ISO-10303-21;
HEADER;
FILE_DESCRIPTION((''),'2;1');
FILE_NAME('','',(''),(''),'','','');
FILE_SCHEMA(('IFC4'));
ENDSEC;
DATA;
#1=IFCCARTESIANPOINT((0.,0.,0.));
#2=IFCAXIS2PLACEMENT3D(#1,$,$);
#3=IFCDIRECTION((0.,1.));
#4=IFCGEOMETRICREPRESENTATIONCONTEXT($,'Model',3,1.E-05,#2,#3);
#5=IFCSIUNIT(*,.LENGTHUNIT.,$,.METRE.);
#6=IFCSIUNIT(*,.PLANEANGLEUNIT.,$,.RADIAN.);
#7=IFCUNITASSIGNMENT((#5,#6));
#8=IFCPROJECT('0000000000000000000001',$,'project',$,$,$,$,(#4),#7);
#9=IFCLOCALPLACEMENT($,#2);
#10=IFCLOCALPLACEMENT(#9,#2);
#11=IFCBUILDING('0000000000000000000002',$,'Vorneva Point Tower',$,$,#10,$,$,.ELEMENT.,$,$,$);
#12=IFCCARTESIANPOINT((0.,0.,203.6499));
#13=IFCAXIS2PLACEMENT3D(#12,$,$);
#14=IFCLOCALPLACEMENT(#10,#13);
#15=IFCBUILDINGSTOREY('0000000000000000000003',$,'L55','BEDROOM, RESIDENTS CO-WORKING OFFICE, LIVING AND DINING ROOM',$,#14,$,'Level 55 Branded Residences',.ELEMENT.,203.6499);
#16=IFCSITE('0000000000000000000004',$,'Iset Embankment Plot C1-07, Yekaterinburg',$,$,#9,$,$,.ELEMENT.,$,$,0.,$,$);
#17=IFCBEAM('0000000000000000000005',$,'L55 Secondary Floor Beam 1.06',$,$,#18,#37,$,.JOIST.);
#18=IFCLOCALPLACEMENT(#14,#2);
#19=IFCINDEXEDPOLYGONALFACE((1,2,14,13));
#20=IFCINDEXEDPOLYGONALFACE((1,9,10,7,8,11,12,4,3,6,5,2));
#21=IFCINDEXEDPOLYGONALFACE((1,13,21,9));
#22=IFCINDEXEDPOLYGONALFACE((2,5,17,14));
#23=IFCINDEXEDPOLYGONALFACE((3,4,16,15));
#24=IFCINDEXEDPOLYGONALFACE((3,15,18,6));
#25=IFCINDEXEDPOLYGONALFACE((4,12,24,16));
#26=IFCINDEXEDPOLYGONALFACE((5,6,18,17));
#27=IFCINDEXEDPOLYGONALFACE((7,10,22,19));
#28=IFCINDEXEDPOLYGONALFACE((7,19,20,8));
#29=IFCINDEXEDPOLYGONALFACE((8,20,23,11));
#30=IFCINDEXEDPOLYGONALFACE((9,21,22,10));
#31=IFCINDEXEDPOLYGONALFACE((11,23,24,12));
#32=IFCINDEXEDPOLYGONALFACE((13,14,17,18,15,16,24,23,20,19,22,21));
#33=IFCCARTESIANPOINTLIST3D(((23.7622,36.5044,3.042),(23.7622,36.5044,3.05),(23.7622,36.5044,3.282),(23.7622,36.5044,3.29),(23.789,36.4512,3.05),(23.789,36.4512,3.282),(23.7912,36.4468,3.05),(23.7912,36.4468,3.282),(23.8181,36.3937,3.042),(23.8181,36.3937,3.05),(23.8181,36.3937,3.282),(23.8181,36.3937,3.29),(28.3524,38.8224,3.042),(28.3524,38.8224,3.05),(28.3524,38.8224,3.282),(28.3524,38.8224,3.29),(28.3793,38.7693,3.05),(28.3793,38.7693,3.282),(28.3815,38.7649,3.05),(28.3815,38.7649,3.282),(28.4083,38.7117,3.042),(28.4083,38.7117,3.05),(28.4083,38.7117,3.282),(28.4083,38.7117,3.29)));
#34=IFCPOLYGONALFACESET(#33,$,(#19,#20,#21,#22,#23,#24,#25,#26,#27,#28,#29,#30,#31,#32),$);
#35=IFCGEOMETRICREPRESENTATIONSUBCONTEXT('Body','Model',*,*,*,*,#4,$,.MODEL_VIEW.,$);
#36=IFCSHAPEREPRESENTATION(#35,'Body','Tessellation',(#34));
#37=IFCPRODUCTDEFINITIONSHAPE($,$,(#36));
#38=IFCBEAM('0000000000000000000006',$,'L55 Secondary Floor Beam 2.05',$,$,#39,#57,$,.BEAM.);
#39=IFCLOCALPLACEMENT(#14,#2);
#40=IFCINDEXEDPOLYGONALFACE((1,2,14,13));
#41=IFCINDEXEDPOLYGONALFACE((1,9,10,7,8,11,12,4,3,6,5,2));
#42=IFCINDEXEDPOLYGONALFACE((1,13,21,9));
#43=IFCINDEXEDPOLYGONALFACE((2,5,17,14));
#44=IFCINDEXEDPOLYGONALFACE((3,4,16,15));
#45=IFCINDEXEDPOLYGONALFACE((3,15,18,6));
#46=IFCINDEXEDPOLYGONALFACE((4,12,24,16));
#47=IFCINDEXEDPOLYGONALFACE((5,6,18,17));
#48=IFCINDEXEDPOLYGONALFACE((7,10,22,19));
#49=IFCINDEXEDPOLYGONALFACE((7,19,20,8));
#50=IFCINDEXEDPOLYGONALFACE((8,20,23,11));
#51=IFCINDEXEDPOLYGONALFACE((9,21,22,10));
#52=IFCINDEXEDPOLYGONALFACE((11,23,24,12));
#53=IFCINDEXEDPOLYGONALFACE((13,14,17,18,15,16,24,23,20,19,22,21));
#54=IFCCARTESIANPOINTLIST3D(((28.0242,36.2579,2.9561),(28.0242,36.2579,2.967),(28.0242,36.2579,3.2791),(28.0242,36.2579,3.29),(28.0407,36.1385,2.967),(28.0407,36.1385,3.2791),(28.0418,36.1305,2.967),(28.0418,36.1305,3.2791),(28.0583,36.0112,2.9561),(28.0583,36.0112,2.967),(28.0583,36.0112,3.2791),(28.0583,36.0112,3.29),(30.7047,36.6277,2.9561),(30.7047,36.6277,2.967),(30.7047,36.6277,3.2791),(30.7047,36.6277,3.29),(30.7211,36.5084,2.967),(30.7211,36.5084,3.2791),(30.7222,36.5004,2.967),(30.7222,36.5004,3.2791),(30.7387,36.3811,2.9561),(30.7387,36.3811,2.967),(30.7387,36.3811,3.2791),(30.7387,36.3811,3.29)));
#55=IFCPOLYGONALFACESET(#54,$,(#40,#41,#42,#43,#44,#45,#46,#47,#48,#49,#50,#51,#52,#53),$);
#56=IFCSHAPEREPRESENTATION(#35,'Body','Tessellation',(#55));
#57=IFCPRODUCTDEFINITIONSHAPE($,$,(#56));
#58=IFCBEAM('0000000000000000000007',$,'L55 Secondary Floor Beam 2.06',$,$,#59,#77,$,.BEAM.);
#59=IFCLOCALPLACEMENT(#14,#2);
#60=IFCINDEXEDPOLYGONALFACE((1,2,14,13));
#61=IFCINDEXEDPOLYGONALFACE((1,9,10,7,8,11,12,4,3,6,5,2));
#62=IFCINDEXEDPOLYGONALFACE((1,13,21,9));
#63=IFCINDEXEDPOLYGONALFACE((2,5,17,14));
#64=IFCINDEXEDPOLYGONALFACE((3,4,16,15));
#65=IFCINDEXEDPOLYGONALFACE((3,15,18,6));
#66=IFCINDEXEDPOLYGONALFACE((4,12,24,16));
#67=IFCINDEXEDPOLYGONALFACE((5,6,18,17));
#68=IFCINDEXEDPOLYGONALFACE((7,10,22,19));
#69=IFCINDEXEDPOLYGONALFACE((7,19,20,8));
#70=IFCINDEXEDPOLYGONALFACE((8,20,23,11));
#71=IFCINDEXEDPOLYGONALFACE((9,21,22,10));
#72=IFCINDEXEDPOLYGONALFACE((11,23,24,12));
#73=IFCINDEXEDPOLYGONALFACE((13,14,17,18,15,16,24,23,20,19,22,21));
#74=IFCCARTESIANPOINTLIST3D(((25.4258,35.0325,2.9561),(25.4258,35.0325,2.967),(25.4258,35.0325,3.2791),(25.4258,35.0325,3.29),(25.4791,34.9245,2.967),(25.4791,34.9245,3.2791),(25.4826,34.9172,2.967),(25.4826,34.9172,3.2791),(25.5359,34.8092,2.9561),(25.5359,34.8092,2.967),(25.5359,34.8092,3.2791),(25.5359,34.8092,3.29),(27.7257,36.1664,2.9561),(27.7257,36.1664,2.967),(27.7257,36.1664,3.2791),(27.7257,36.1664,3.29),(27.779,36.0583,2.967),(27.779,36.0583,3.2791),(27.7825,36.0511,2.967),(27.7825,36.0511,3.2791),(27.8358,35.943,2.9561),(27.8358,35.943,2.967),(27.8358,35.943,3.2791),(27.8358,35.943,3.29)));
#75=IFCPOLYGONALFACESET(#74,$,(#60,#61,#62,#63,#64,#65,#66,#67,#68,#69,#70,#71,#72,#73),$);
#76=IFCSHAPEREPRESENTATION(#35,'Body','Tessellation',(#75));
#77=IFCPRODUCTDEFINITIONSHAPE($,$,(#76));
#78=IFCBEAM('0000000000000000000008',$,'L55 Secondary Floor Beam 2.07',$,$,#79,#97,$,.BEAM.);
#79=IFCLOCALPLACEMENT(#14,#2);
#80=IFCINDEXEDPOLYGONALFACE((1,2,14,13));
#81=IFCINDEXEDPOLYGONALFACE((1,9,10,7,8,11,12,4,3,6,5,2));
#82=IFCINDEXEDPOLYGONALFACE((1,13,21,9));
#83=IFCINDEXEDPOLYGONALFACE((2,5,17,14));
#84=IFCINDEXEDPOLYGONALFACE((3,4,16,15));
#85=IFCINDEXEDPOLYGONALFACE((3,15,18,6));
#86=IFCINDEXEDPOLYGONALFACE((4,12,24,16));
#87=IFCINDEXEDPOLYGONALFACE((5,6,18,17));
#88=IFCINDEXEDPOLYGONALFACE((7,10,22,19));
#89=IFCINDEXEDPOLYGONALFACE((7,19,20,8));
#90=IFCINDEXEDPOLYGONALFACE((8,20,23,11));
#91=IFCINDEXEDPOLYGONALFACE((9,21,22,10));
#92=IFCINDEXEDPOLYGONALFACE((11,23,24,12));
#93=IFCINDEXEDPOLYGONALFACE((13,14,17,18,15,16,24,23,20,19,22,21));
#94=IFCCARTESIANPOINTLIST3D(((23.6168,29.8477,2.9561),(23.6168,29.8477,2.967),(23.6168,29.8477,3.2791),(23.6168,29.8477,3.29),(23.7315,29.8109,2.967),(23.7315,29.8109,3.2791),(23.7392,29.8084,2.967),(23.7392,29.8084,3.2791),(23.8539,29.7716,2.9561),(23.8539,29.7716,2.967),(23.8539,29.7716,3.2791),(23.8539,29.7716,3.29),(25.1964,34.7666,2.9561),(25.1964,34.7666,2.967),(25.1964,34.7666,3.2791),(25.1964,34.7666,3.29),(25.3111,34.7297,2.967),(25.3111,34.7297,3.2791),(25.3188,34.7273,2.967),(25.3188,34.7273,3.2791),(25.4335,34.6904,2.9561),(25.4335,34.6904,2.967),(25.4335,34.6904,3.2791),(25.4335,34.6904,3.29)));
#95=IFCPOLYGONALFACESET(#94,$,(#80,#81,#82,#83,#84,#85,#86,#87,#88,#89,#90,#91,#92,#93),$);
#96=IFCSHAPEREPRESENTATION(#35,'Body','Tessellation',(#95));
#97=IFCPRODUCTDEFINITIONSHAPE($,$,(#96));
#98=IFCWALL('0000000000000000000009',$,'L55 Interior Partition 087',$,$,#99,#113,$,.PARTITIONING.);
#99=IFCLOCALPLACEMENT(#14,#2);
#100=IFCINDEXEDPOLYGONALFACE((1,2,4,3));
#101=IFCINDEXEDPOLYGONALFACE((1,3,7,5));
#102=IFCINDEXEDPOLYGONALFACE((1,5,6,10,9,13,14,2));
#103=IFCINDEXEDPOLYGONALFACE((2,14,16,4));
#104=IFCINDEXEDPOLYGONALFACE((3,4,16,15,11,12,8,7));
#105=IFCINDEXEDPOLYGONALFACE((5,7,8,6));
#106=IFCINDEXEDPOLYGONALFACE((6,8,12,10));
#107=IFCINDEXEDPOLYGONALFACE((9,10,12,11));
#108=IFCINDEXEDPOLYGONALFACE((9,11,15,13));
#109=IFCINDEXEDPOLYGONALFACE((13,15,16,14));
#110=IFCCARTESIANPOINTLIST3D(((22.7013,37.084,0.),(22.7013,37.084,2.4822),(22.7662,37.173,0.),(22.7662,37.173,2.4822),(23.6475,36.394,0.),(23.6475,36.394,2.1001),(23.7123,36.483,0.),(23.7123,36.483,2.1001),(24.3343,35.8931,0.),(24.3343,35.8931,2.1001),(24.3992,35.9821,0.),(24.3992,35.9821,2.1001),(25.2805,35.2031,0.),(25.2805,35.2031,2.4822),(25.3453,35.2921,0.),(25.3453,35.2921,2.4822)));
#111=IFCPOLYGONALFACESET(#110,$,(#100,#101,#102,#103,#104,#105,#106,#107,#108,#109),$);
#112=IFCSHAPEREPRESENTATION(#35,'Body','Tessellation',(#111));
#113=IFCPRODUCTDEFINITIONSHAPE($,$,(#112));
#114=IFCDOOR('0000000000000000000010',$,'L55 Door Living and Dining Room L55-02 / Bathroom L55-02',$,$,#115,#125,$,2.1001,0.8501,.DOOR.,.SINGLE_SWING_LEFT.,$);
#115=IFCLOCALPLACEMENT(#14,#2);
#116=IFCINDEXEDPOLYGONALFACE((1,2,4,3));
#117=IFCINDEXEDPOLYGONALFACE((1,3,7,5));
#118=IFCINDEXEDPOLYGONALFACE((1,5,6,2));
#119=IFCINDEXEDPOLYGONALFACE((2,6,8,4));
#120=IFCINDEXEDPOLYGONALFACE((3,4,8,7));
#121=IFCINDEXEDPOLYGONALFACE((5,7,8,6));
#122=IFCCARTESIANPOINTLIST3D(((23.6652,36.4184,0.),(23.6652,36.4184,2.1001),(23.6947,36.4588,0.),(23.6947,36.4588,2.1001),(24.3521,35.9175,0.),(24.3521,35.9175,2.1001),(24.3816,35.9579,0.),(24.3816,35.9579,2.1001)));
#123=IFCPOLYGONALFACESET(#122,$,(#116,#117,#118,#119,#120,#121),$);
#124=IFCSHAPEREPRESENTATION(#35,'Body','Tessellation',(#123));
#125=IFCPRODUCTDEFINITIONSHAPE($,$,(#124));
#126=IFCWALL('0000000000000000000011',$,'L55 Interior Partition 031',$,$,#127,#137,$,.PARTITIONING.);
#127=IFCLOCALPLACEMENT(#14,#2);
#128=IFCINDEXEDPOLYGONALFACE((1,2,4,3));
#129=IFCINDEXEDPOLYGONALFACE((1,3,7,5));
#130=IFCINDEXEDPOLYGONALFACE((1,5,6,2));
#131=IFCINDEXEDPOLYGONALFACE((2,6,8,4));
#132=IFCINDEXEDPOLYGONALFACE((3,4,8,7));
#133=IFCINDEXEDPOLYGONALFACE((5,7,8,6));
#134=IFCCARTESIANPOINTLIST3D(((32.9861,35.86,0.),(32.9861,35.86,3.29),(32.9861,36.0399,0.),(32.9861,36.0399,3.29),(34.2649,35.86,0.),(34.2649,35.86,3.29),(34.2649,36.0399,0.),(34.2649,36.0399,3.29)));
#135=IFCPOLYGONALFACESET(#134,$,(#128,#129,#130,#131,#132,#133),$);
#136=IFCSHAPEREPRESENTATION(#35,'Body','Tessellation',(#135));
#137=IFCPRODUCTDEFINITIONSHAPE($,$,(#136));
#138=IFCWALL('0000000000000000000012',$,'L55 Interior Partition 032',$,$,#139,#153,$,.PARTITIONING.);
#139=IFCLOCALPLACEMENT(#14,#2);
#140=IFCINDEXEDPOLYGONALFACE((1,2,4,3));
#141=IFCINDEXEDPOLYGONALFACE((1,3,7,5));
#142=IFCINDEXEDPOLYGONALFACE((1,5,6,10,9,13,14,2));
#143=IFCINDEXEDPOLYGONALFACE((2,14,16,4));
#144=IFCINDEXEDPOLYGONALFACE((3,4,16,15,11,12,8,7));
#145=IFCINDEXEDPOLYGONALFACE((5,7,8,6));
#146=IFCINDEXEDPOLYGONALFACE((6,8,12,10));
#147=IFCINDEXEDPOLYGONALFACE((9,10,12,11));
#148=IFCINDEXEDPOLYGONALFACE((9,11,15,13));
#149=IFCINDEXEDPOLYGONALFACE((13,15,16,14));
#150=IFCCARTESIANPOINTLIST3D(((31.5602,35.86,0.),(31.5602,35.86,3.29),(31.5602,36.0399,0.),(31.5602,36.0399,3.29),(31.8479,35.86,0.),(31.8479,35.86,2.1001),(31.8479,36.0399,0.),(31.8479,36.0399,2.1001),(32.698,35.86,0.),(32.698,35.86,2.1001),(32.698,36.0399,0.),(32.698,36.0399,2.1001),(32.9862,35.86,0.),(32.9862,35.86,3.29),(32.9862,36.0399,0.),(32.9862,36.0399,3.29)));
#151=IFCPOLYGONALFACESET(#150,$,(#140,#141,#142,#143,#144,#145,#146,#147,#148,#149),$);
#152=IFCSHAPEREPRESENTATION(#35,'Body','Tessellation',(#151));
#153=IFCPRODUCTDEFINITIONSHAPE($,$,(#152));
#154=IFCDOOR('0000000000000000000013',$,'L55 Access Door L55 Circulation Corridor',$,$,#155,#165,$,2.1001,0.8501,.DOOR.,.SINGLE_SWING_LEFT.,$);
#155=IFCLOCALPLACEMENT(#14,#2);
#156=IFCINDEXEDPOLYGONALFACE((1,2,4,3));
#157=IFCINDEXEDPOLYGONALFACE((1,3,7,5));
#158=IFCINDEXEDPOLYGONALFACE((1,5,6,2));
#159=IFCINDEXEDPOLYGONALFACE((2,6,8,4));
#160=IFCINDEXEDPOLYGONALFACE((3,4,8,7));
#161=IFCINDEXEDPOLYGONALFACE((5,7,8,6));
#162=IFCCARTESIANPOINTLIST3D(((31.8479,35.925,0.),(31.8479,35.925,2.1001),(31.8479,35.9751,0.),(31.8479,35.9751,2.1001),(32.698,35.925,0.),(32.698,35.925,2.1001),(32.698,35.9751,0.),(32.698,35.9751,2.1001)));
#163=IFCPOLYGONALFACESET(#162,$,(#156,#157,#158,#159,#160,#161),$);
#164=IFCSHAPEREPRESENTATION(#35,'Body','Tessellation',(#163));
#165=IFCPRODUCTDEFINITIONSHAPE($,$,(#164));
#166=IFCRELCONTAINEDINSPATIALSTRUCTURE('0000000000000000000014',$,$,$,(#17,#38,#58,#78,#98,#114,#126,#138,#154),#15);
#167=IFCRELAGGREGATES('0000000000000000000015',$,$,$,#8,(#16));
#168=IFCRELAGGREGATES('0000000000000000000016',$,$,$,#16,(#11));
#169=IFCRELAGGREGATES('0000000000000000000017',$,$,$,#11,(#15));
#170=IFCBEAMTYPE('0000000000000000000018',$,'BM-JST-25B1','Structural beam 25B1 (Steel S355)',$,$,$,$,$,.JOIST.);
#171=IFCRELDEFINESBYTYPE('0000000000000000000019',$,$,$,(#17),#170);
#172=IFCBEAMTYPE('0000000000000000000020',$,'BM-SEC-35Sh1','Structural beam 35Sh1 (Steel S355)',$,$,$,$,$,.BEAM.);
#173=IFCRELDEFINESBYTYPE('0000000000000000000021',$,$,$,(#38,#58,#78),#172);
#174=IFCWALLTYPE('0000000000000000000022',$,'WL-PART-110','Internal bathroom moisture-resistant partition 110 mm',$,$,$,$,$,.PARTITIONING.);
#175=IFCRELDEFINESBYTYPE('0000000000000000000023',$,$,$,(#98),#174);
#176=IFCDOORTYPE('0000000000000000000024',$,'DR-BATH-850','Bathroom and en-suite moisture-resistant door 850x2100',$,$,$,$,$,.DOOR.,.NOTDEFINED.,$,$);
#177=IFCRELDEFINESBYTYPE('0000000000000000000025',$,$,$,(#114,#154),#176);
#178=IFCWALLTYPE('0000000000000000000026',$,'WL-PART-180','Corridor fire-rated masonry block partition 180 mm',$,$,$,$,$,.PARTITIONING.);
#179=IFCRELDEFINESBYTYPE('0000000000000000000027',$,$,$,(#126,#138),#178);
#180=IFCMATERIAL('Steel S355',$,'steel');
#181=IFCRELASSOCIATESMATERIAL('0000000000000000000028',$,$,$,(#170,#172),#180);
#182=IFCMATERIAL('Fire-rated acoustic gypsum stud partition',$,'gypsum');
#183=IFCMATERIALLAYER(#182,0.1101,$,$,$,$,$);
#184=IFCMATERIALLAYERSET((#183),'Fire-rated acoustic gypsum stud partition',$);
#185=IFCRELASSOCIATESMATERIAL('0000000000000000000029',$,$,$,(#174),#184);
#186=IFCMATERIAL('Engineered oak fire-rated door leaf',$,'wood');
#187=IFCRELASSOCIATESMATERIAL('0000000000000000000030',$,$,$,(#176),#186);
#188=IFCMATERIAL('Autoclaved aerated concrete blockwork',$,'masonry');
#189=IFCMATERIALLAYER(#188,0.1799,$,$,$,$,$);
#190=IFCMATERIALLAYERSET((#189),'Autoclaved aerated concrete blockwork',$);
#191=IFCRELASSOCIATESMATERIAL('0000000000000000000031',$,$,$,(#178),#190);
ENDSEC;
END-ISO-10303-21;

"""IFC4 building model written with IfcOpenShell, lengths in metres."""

from ifc_helpers import new_model, si_unit, direction, frame, frame_2d, origin, origin_2d, place, context, subcontext, project, spatial, rectangle, i_section, extrude, material, layer, layer_set, material_profile, profile_set, type_object, element, fill, save


model = new_model("IFC4")

# Units and contexts
model_context = context("Model", 3, precision=1e-05, world=origin(), true_north=direction((0.0, 1.0)))
body_context = subcontext(model_context, "Body", "Model", "MODEL_VIEW")
ifc_project = project(units=[si_unit("LENGTHUNIT", "METRE"), si_unit("PLANEANGLEUNIT", "RADIAN")], contexts=[model_context])

# Site, building, storey
site_placement = place(None, origin())
site = spatial("IfcSite", under=ifc_project, at=site_placement, Name="Iset Embankment Plot C1-07, Yekaterinburg", CompositionType="ELEMENT", RefElevation=0.0)
building_placement = place(site_placement, origin())
building = spatial("IfcBuilding", under=site, at=building_placement, Name="Vorneva Point Tower", CompositionType="ELEMENT")
storey_placement = place(building_placement, frame((0.0, 0.0, 203.6499)))
storey = spatial("IfcBuildingStorey", under=building, at=storey_placement, Name="L55", Description="BEDROOM, RESIDENTS CO-WORKING OFFICE, LIVING AND DINING ROOM", LongName="Level 55 Branded Residences", CompositionType="ELEMENT", Elevation=203.6499)

# Beams
ifc_material_1 = material(Name="Steel S355", Category="steel")
ifc_material_profile_1 = material_profile(ifc_material_1, i_section(OverallWidth=0.124, OverallDepth=0.248, WebThickness=0.0049, FlangeThickness=0.0081, at=origin_2d()), Name="25B1")
ifc_profile_set_1 = profile_set([ifc_material_profile_1], Name="Steel S355")
beam_type_1 = type_object("IfcBeamType", Name="BM-JST-25B1", Description="Structural beam 25B1 (Steel S355)", PredefinedType="JOIST", material=ifc_profile_set_1)
beam_1_placement = place(storey_placement, frame((28.3804, 38.7671, 3.166), z_axis=(-0.892635, -0.45078, 0.0), x_axis=(0.45078, -0.892635, 0.0)))
element("IfcBeam", 1, at=beam_1_placement, inside=storey, type_object=beam_type_1, Name="L55 Secondary Floor Beam 1.06", PredefinedType="JOIST", context=body_context, shape_type="SweptSolid", body=[
    extrude(i_section(OverallWidth=0.124, OverallDepth=0.248, WebThickness=0.0049, FlangeThickness=0.0081, at=origin_2d()), origin(), (0.0, 0.0, 1.0), 5.1423),
])
ifc_material_profile_2 = material_profile(ifc_material_1, i_section(OverallWidth=0.249, OverallDepth=0.334, WebThickness=0.0081, FlangeThickness=0.011, at=origin_2d()), Name="35Sh1")
ifc_profile_set_2 = profile_set([ifc_material_profile_2], Name="Steel S355")
beam_type_2 = type_object("IfcBeamType", Name="BM-SEC-35Sh1", Description="Structural beam 35Sh1 (Steel S355)", PredefinedType="BEAM", material=ifc_profile_set_2)
beam_2_placement = place(storey_placement, frame((30.7217, 36.5044, 3.123), z_axis=(-0.990613, -0.136695, 0.0), x_axis=(0.136695, -0.990613, 0.0)))
element("IfcBeam", 2, at=beam_2_placement, inside=storey, type_object=beam_type_2, Name="L55 Secondary Floor Beam 2.05", PredefinedType="BEAM", context=body_context, shape_type="SweptSolid", body=[
    extrude(i_section(OverallWidth=0.249, OverallDepth=0.334, WebThickness=0.0081, FlangeThickness=0.011, at=origin_2d()), origin(), (0.0, 0.0, 1.0), 2.7058),
])
beam_3_placement = place(storey_placement, frame((27.7808, 36.0547, 3.123), z_axis=(-0.896927, -0.442179, 0.0), x_axis=(0.442179, -0.896927, 0.0)))
element("IfcBeam", 3, at=beam_3_placement, inside=storey, type_object=beam_type_2, Name="L55 Secondary Floor Beam 2.06", PredefinedType="BEAM", context=body_context, shape_type="SweptSolid", body=[
    extrude(i_section(OverallWidth=0.249, OverallDepth=0.334, WebThickness=0.0081, FlangeThickness=0.011, at=origin_2d()), origin(), (0.0, 0.0, 1.0), 2.5642),
])
beam_4_placement = place(storey_placement, frame((25.3149, 34.7285, 3.123), z_axis=(-0.305746, -0.952113, 0.0), x_axis=(0.952113, -0.305746, 0.0)))
element("IfcBeam", 4, at=beam_4_placement, inside=storey, type_object=beam_type_2, Name="L55 Secondary Floor Beam 2.07", PredefinedType="BEAM", context=body_context, shape_type="SweptSolid", body=[
    extrude(i_section(OverallWidth=0.249, OverallDepth=0.334, WebThickness=0.0081, FlangeThickness=0.011, at=origin_2d()), origin(), (0.0, 0.0, 1.0), 5.1663),
])

# Wall, opening, door
ifc_material_2 = material(Name="Fire-rated acoustic gypsum stud partition", Category="gypsum")
ifc_layer_1 = layer(ifc_material_2, 0.1101)
ifc_layer_set_1 = layer_set([ifc_layer_1], Name="Fire-rated acoustic gypsum stud partition")
wall_type_1 = type_object("IfcWallType", Name="WL-PART-110", Description="Internal bathroom moisture-resistant partition 110 mm", PredefinedType="PARTITIONING", material=ifc_layer_set_1)
wall_1_placement = place(storey_placement, frame((25.313, 35.2476, 0.0), z_axis=(0.0, 0.0, 1.0), x_axis=(-0.807968, 0.589226, 0.0)))
wall_1 = element("IfcWall", 5, at=wall_1_placement, inside=storey, type_object=wall_type_1, Name="L55 Interior Partition 087", PredefinedType="PARTITIONING", context=body_context, shape_type="SweptSolid", body=[
    extrude(rectangle(XDim=3.1921, YDim=0.1101, at=frame_2d((1.5962, 0.0))), origin(), (0.0, 0.0, 1.0), 2.4822),
])
opening_1_placement = place(wall_1_placement, frame((1.1711, 0.0, 0.0)))
opening_1 = element("IfcOpeningElement", 6, at=opening_1_placement, cuts=wall_1, PredefinedType="OPENING", context=body_context, shape_type="SweptSolid", body=[
    extrude(rectangle(XDim=0.8501, YDim=2.1001, at=frame_2d((0.425, 1.05))), frame((0.0, 0.0698, 0.0), z_axis=(0.0, -1.0, 0.0), x_axis=(1.0, 0.0, 0.0)), (0.0, 0.0, 1.0), 0.1399),
])
ifc_material_3 = material(Name="Engineered oak fire-rated door leaf", Category="wood")
door_type_1 = type_object("IfcDoorType", Name="DR-BATH-850", Description="Bathroom and en-suite moisture-resistant door 850x2100", OperationType="NOTDEFINED", PredefinedType="DOOR", material=ifc_material_3)
door_1_placement = place(opening_1_placement, origin())
door_1 = element("IfcDoor", 7, at=door_1_placement, inside=storey, type_object=door_type_1, Name="L55 Door Living and Dining Room L55-02 / Bathroom L55-02", OperationType="SINGLE_SWING_LEFT", OverallHeight=2.1001, OverallWidth=0.8501, PredefinedType="DOOR", context=body_context, shape_type="SweptSolid", body=[
    extrude(rectangle(XDim=0.8501, YDim=2.1001, at=frame_2d((0.425, 1.05))), frame((0.0, 0.0249, 0.0), z_axis=(0.0, -1.0, 0.0), x_axis=(1.0, 0.0, 0.0)), (0.0, 0.0, 1.0), 0.05),
])
fill(opening_1, door_1)
ifc_material_4 = material(Name="Autoclaved aerated concrete blockwork", Category="masonry")
ifc_layer_2 = layer(ifc_material_4, 0.1799)
ifc_layer_set_2 = layer_set([ifc_layer_2], Name="Autoclaved aerated concrete blockwork")
wall_type_2 = type_object("IfcWallType", Name="WL-PART-180", Description="Corridor fire-rated masonry block partition 180 mm", PredefinedType="PARTITIONING", material=ifc_layer_set_2)

# Wall
wall_2_placement = place(storey_placement, frame((34.2649, 35.95, 0.0), z_axis=(0.0, 0.0, 1.0), x_axis=(-1.0, 0.0, 0.0)))
element("IfcWall", 8, at=wall_2_placement, inside=storey, type_object=wall_type_2, Name="L55 Interior Partition 031", PredefinedType="PARTITIONING", context=body_context, shape_type="SweptSolid", body=[
    extrude(rectangle(XDim=1.2788, YDim=0.1799, at=frame_2d((0.6394, 0.0))), origin(), (0.0, 0.0, 1.0), 3.29),
])

# Wall, opening, door
wall_3_placement = place(storey_placement, frame((32.9861, 35.95, 0.0), z_axis=(0.0, 0.0, 1.0), x_axis=(-1.0, 0.0, 0.0)))
wall_3 = element("IfcWall", 9, at=wall_3_placement, inside=storey, type_object=wall_type_2, Name="L55 Interior Partition 032", PredefinedType="PARTITIONING", context=body_context, shape_type="SweptSolid", body=[
    extrude(rectangle(XDim=1.426, YDim=0.1799, at=frame_2d((0.7129, 0.0))), origin(), (0.0, 0.0, 1.0), 3.29),
])
opening_2_placement = place(wall_3_placement, frame((0.2881, 0.0, 0.0)))
opening_2 = element("IfcOpeningElement", 10, at=opening_2_placement, cuts=wall_3, PredefinedType="OPENING", context=body_context, shape_type="SweptSolid", body=[
    extrude(rectangle(XDim=0.8501, YDim=2.1001, at=frame_2d((0.425, 1.05))), frame((0.0, 0.105, 0.0), z_axis=(0.0, -1.0, 0.0), x_axis=(1.0, 0.0, 0.0)), (0.0, 0.0, 1.0), 0.2097),
])
door_2_placement = place(opening_2_placement, origin())
door_2 = element("IfcDoor", 11, at=door_2_placement, inside=storey, type_object=door_type_1, Name="L55 Access Door L55 Circulation Corridor", OperationType="SINGLE_SWING_LEFT", OverallHeight=2.1001, OverallWidth=0.8501, PredefinedType="DOOR", context=body_context, shape_type="SweptSolid", body=[
    extrude(rectangle(XDim=0.8501, YDim=2.1001, at=frame_2d((0.425, 1.05))), frame((0.0, 0.0249, 0.0), z_axis=(0.0, -1.0, 0.0), x_axis=(1.0, 0.0, 0.0)), (0.0, 0.0, 1.0), 0.05),
])
fill(opening_2, door_2)

save(model, "model.ifc")
